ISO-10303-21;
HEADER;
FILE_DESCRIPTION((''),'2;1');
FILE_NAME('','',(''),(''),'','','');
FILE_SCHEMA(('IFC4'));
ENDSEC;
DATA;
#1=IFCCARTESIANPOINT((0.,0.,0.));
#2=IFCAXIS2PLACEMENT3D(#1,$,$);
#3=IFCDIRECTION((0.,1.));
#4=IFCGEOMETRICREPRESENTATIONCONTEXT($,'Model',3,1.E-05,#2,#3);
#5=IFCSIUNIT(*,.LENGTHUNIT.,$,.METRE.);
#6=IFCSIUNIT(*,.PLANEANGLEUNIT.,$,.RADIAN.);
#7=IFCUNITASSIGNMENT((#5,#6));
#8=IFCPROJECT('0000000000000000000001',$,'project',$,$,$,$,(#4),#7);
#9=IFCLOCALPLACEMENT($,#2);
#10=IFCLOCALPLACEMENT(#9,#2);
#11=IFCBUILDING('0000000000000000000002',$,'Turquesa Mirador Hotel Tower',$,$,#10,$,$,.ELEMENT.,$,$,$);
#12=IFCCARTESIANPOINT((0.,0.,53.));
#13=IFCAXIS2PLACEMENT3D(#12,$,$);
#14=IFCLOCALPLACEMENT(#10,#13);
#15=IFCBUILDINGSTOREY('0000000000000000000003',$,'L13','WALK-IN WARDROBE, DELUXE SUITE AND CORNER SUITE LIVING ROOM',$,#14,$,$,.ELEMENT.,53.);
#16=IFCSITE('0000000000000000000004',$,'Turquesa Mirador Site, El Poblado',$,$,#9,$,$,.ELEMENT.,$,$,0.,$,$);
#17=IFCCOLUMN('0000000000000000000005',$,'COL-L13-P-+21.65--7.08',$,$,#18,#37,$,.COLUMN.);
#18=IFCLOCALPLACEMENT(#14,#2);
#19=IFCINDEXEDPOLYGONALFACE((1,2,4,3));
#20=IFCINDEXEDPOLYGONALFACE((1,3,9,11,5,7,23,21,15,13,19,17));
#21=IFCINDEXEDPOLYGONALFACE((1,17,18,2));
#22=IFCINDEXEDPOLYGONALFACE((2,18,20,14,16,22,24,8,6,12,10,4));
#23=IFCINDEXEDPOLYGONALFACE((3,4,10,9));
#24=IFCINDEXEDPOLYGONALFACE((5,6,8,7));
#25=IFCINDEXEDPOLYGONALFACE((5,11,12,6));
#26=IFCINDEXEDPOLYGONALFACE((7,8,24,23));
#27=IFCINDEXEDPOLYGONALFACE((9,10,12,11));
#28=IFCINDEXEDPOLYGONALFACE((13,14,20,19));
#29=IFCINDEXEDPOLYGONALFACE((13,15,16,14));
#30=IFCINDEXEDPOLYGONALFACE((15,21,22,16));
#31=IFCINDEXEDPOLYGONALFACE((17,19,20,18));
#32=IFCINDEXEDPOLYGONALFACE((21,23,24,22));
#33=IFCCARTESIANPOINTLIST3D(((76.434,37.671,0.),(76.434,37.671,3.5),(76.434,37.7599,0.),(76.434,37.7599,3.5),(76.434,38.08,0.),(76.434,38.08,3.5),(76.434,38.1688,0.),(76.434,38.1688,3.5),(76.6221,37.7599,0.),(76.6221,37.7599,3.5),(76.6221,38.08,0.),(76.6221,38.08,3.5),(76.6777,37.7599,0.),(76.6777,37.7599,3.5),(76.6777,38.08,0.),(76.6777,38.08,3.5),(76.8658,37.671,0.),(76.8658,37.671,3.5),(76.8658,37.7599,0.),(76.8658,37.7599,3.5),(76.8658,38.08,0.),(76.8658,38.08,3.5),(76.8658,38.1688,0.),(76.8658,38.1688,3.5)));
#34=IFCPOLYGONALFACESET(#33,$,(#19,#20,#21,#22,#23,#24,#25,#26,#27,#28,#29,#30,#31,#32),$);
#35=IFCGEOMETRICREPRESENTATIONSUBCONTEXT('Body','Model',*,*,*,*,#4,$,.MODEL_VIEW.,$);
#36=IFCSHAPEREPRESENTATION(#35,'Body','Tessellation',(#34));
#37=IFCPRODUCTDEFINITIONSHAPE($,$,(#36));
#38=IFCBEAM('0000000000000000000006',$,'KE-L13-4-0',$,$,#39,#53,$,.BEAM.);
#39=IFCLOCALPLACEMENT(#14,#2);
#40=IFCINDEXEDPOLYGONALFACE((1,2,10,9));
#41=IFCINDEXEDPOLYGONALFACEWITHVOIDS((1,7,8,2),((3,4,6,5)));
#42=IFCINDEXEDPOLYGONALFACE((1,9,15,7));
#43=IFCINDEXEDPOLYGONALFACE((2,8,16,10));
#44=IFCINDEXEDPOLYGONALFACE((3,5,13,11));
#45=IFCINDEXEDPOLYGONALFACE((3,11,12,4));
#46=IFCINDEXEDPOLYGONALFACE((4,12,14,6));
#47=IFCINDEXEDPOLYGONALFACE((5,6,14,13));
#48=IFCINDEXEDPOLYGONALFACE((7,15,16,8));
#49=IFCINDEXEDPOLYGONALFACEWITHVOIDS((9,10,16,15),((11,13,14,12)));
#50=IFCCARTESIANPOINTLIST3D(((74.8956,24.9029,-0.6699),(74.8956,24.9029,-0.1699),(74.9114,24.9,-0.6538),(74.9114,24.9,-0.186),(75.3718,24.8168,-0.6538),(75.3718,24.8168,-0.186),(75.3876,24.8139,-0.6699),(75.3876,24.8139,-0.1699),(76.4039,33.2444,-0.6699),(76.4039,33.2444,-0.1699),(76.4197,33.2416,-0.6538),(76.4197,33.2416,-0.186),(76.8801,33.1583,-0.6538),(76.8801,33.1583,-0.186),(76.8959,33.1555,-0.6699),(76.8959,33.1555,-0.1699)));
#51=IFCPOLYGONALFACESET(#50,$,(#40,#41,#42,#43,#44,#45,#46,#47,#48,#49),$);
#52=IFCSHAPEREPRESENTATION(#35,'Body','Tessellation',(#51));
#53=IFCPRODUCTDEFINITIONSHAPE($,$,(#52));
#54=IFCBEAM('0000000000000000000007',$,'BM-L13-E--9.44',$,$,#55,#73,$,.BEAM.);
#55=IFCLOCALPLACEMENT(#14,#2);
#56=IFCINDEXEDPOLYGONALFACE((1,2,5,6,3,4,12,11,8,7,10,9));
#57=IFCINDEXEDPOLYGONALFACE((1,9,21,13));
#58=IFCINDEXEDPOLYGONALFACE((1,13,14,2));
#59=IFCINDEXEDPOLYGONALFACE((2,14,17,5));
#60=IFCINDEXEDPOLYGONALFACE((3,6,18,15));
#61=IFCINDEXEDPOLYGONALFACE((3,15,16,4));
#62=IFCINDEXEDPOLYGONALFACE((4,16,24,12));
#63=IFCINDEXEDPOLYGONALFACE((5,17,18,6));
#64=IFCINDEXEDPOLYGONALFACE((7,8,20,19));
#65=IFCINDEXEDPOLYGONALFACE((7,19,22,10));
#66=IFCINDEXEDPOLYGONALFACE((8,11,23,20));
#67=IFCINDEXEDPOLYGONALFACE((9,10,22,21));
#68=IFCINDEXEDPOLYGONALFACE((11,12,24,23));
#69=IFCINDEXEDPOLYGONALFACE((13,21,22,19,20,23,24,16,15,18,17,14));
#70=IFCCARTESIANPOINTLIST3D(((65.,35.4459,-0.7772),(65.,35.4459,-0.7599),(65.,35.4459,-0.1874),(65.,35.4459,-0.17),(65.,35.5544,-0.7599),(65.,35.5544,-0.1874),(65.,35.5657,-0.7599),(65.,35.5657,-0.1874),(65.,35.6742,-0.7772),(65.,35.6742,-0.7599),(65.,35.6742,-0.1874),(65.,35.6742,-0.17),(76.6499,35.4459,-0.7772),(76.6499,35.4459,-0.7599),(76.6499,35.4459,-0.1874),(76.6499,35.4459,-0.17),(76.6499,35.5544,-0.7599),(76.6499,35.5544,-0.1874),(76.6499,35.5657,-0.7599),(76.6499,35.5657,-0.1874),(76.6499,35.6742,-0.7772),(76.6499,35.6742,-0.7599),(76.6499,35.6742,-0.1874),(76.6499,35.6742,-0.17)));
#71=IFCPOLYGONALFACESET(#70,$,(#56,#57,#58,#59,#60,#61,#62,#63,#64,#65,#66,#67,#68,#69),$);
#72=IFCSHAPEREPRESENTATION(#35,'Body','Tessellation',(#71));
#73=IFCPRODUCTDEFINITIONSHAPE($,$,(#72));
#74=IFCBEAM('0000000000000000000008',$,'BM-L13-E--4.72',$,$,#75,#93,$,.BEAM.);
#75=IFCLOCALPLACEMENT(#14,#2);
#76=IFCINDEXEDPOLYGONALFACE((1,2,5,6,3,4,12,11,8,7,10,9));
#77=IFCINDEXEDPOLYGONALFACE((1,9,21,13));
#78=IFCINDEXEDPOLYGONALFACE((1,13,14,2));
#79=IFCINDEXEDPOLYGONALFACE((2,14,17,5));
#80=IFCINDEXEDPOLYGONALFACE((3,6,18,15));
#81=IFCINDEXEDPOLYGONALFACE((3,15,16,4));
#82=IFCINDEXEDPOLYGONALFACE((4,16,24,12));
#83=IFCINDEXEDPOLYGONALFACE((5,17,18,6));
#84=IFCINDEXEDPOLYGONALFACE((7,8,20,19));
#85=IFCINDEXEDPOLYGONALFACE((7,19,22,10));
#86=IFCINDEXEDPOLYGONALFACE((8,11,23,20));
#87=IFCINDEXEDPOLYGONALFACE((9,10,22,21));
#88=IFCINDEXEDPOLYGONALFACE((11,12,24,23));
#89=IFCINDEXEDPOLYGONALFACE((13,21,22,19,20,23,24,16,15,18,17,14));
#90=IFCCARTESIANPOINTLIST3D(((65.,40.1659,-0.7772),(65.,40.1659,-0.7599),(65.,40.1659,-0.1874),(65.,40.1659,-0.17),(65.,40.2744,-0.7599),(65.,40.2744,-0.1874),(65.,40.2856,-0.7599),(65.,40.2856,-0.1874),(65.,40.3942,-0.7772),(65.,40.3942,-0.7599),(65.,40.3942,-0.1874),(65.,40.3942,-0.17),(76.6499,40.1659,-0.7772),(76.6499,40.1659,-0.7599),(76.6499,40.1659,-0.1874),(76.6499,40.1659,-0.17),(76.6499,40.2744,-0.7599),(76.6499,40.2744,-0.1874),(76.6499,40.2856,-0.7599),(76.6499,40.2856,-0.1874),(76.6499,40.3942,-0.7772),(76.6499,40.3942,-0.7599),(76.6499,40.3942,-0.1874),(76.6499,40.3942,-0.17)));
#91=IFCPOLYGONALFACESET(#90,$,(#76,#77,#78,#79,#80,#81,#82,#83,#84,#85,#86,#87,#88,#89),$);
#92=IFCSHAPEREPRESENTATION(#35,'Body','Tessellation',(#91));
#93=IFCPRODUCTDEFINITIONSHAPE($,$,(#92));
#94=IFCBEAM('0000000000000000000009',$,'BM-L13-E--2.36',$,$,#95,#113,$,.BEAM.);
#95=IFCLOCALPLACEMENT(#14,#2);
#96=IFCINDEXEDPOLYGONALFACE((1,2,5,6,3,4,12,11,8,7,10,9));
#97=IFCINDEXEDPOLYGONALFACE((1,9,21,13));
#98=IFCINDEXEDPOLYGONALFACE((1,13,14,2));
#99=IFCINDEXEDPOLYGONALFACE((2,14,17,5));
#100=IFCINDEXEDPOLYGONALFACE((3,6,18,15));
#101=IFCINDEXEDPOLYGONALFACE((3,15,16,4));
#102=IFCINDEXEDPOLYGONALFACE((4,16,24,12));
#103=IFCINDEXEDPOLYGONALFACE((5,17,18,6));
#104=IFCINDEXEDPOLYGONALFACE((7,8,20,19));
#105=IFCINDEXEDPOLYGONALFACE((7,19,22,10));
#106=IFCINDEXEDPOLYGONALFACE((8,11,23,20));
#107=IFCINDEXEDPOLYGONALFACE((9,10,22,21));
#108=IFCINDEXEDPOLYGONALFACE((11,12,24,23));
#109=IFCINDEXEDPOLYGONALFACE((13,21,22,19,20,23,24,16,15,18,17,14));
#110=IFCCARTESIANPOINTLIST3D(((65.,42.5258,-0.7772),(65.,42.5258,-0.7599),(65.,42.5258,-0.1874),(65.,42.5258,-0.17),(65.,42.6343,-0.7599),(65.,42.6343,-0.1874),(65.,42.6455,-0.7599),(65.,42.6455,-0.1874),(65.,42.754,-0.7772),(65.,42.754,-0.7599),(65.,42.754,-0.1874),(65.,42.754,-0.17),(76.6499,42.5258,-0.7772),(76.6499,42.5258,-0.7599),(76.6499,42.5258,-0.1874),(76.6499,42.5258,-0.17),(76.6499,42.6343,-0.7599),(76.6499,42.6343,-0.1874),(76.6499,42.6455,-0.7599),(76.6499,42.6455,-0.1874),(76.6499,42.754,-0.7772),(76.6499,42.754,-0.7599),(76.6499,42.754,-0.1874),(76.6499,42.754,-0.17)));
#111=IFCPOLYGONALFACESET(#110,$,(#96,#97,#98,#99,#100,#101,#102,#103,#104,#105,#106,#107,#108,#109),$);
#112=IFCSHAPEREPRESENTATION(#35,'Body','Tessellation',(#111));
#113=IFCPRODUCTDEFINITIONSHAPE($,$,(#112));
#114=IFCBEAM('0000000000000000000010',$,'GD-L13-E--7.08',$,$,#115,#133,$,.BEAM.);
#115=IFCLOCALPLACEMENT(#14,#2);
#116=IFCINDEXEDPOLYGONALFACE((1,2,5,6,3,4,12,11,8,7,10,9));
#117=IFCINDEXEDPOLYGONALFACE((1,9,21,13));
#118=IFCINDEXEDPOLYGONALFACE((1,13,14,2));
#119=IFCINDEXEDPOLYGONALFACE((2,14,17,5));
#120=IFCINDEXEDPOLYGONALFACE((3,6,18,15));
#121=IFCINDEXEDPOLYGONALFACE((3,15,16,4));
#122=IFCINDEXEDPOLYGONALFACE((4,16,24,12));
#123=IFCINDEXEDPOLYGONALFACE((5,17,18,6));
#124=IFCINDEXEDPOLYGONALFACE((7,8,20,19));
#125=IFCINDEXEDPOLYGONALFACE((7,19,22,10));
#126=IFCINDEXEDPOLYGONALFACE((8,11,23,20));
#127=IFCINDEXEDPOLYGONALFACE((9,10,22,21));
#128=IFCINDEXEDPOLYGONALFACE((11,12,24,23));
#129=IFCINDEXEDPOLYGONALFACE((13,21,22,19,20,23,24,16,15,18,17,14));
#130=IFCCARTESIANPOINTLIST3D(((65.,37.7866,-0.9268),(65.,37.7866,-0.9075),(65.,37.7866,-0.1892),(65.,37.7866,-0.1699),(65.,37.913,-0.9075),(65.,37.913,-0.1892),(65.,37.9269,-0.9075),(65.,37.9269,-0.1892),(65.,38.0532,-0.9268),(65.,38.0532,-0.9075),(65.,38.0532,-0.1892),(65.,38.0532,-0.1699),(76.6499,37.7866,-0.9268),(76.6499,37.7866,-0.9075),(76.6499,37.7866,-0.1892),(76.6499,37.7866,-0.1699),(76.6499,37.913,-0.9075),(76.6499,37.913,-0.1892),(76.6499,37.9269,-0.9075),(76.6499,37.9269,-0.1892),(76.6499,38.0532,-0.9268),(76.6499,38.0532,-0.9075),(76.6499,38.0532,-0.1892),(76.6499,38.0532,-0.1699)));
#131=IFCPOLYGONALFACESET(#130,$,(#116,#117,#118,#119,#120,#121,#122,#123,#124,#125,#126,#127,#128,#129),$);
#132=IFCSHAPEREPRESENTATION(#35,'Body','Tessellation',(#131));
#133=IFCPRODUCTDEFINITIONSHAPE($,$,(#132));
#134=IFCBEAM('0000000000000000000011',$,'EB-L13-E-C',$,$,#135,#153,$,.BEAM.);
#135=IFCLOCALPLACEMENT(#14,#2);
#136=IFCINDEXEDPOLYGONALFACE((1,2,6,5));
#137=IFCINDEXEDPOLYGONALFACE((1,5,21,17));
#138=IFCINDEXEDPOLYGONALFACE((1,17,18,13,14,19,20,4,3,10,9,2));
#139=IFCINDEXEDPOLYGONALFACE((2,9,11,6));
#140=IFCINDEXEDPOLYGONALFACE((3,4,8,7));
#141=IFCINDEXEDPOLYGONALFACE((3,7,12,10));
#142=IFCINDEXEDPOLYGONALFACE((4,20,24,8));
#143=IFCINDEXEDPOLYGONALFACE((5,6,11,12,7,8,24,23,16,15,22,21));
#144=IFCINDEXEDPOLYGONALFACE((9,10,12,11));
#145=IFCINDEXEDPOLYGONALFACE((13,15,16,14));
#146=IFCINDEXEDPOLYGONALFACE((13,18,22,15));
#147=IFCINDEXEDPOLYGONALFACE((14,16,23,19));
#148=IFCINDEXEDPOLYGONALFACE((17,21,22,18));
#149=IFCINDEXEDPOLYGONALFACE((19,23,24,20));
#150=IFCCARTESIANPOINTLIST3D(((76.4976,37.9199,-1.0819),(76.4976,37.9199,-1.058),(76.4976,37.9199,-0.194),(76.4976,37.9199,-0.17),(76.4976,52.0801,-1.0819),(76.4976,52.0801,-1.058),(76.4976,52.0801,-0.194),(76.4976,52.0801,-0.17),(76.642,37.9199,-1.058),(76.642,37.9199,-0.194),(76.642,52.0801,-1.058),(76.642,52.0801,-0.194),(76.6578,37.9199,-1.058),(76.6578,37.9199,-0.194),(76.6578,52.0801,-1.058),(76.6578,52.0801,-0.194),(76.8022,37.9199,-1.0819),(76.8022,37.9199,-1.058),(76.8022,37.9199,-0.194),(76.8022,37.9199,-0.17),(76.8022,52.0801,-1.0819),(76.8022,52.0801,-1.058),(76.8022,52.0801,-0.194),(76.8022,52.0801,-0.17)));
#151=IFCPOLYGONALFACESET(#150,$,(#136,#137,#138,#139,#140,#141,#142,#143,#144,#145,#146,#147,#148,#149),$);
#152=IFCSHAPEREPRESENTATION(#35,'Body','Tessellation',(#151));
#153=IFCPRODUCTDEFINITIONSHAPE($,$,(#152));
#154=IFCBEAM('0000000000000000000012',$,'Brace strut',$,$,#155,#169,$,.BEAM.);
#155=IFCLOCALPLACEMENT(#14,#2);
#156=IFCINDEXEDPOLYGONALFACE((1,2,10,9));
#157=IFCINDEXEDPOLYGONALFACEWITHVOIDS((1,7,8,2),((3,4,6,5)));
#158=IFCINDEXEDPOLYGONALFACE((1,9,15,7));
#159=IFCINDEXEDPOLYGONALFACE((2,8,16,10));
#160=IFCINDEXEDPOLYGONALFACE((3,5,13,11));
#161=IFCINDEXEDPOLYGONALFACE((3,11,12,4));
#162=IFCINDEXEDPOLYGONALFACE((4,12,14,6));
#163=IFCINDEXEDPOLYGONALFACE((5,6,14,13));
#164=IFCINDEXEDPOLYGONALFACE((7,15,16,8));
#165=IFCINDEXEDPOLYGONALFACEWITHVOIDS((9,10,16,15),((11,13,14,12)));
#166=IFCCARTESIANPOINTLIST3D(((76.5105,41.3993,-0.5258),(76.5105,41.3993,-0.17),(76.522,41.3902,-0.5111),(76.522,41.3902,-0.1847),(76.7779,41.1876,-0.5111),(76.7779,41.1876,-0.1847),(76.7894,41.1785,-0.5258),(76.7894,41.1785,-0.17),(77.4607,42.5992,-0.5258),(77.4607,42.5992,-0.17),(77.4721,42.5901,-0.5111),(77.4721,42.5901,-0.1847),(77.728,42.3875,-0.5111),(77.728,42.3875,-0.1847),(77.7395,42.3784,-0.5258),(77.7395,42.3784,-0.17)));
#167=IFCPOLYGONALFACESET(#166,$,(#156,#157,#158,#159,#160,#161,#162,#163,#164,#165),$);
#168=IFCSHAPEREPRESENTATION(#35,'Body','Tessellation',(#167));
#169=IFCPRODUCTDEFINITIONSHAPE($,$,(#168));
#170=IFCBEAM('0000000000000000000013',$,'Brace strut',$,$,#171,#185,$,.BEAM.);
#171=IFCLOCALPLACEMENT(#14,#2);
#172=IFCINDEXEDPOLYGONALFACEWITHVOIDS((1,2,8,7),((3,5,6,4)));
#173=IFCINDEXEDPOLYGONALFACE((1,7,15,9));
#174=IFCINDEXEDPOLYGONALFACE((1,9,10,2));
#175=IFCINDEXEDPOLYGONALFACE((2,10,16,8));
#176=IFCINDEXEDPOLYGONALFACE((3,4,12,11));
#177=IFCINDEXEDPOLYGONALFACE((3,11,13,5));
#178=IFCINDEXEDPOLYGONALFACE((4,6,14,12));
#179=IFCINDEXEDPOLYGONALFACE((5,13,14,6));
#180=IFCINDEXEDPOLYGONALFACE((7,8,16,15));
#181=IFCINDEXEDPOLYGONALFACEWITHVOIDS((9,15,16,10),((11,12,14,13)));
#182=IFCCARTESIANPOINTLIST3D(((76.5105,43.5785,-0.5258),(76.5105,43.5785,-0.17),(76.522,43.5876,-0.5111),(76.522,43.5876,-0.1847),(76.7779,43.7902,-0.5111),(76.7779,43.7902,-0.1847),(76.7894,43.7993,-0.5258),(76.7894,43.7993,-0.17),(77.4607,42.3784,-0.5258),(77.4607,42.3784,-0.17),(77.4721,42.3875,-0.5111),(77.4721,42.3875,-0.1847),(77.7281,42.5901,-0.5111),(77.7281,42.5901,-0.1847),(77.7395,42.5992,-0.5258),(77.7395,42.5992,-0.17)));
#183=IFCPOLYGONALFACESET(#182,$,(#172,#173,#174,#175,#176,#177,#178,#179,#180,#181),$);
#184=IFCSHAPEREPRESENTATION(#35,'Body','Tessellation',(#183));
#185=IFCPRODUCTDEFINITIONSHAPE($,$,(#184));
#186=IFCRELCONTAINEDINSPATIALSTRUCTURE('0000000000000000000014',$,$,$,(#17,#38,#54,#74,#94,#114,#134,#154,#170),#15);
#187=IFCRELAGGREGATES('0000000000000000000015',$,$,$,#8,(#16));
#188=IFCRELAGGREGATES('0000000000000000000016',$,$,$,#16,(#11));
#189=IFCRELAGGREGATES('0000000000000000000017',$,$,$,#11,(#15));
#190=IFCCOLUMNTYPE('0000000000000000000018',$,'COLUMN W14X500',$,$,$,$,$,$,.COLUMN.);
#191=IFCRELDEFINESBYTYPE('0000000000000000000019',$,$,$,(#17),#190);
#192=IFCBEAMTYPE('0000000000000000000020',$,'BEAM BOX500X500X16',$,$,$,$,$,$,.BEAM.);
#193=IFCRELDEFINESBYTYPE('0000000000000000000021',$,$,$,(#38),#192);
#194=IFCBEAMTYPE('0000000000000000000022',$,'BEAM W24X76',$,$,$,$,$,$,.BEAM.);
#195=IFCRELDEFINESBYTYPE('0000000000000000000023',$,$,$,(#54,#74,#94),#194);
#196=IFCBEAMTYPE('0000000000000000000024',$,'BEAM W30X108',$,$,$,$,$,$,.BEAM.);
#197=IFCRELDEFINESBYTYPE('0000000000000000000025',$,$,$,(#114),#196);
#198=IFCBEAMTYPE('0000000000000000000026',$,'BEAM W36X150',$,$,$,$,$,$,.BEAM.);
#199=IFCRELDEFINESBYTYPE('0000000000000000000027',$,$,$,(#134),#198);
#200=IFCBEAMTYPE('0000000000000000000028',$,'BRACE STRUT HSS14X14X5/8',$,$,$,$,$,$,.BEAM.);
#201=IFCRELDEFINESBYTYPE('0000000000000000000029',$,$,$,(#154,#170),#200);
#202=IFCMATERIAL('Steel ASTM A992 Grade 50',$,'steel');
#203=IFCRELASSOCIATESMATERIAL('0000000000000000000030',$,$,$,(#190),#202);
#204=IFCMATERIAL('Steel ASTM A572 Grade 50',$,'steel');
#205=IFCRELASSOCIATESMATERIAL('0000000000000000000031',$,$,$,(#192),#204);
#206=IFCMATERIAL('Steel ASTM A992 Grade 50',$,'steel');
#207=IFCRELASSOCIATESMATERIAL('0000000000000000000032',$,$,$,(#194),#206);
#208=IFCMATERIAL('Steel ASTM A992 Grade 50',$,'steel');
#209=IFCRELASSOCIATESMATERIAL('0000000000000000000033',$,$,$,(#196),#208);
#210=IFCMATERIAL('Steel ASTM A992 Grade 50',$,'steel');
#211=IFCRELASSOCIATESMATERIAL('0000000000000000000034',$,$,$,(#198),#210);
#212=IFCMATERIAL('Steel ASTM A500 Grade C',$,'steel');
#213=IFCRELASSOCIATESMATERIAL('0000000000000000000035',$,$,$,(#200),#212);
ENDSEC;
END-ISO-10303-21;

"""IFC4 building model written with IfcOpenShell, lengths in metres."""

from ifc_helpers import new_model, si_unit, direction, frame, origin, origin_2d, place, context, subcontext, project, spatial, hollow_rectangle, i_section, extrude, material, material_profile, profile_set, type_object, element, save


model = new_model("IFC4")

# Units and contexts
model_context = context("Model", 3, precision=1e-05, world=origin(), true_north=direction((0.0, 1.0)))
body_context = subcontext(model_context, "Body", "Model", "MODEL_VIEW")
ifc_project = project(units=[si_unit("LENGTHUNIT", "METRE"), si_unit("PLANEANGLEUNIT", "RADIAN")], contexts=[model_context])

# Site, building, storey
site_placement = place(None, origin())
site = spatial("IfcSite", under=ifc_project, at=site_placement, Name="Turquesa Mirador Site, El Poblado", CompositionType="ELEMENT", RefElevation=0.0)
building_placement = place(site_placement, origin())
building = spatial("IfcBuilding", under=site, at=building_placement, Name="Turquesa Mirador Hotel Tower", CompositionType="ELEMENT")
storey_placement = place(building_placement, frame((0.0, 0.0, 53.0)))
storey = spatial("IfcBuildingStorey", under=building, at=storey_placement, Name="L13", Description="WALK-IN WARDROBE, DELUXE SUITE AND CORNER SUITE LIVING ROOM", CompositionType="ELEMENT", Elevation=53.0)

# Column
ifc_material_1 = material(Name="Steel ASTM A992 Grade 50", Category="steel")
ifc_material_profile_1 = material_profile(ifc_material_1, i_section(OverallWidth=0.4319, OverallDepth=0.4978, WebThickness=0.0557, FlangeThickness=0.0889, at=origin_2d()), Name="W14X500")
ifc_profile_set_1 = profile_set([ifc_material_profile_1], Name="Steel ASTM A992 Grade 50")
column_type = type_object("IfcColumnType", Name="COLUMN W14X500", PredefinedType="COLUMN", material=ifc_profile_set_1)
column_placement = place(storey_placement, frame((76.6499, 37.9199, 0.0), z_axis=(0.0, 0.0, 1.0), x_axis=(1.0, 0.0, 0.0)))
element("IfcColumn", 1, at=column_placement, inside=storey, type_object=column_type, Name="COL-L13-P-+21.65--7.08", PredefinedType="COLUMN", context=body_context, shape_type="SweptSolid", body=[
    extrude(i_section(OverallWidth=0.4319, OverallDepth=0.4978, WebThickness=0.0557, FlangeThickness=0.0889, at=origin_2d()), origin(), (0.0, 0.0, 1.0), 3.5),
])

# Beams
ifc_material_2 = material(Name="Steel ASTM A572 Grade 50", Category="steel")
ifc_material_profile_2 = material_profile(ifc_material_2, hollow_rectangle(XDim=0.5, YDim=0.5, WallThickness=0.0161, at=origin_2d()), Name="BOX500X500X16")
ifc_profile_set_2 = profile_set([ifc_material_profile_2], Name="Steel ASTM A572 Grade 50")
beam_type_1 = type_object("IfcBeamType", Name="BEAM BOX500X500X16", PredefinedType="BEAM", material=ifc_profile_set_2)
beam_1_placement = place(storey_placement, frame((76.6499, 33.2, -0.4199), z_axis=(-0.177932, -0.984043, 0.0), x_axis=(0.984043, -0.177932, 0.0)))
element("IfcBeam", 2, at=beam_1_placement, inside=storey, type_object=beam_type_1, Name="KE-L13-4-0", PredefinedType="BEAM", context=body_context, shape_type="SweptSolid", body=[
    extrude(hollow_rectangle(XDim=0.5, YDim=0.5, WallThickness=0.0161, at=origin_2d()), origin(), (0.0, 0.0, 1.0), 8.4768),
])
ifc_material_3 = material(Name="Steel ASTM A992 Grade 50", Category="steel")
ifc_material_profile_3 = material_profile(ifc_material_3, i_section(OverallWidth=0.2283, OverallDepth=0.6072, WebThickness=0.0112, FlangeThickness=0.0173, at=origin_2d()), Name="W24X76")
ifc_profile_set_3 = profile_set([ifc_material_profile_3], Name="Steel ASTM A992 Grade 50")
beam_type_2 = type_object("IfcBeamType", Name="BEAM W24X76", PredefinedType="BEAM", material=ifc_profile_set_3)
for number, where, z_axis, x_axis, name in (
    (3, (76.6499, 35.5601, -0.4736), (-1.0, 0.0, 0.0), (0.0, -1.0, 0.0), "BM-L13-E--9.44"),
    (4, (76.6499, 40.28, -0.4736), (-1.0, 0.0, 0.0), (0.0, -1.0, 0.0), "BM-L13-E--4.72"),
    (5, (76.6499, 42.6399, -0.4736), (-1.0, 0.0, 0.0), (0.0, -1.0, 0.0), "BM-L13-E--2.36"),
):
    element("IfcBeam", number, at=place(storey_placement, frame(where, z_axis=z_axis, x_axis=x_axis)), inside=storey, type_object=beam_type_2, Name=name, PredefinedType="BEAM", context=body_context, shape_type="SweptSolid", body=[
        extrude(i_section(OverallWidth=0.2283, OverallDepth=0.6072, WebThickness=0.0112, FlangeThickness=0.0173, at=origin_2d()), origin(), (0.0, 0.0, 1.0), 11.6499),
    ])
ifc_material_4 = material(Name="Steel ASTM A992 Grade 50", Category="steel")
ifc_material_profile_4 = material_profile(ifc_material_4, i_section(OverallWidth=0.2666, OverallDepth=0.7568, WebThickness=0.0139, FlangeThickness=0.0193, at=origin_2d()), Name="W30X108")
ifc_profile_set_4 = profile_set([ifc_material_profile_4], Name="Steel ASTM A992 Grade 50")
beam_type_3 = type_object("IfcBeamType", Name="BEAM W30X108", PredefinedType="BEAM", material=ifc_profile_set_4)
beam_2_placement = place(storey_placement, frame((76.6499, 37.9199, -0.5483), z_axis=(-1.0, 0.0, 0.0), x_axis=(0.0, -1.0, 0.0)))
element("IfcBeam", 6, at=beam_2_placement, inside=storey, type_object=beam_type_3, Name="GD-L13-E--7.08", PredefinedType="BEAM", context=body_context, shape_type="SweptSolid", body=[
    extrude(i_section(OverallWidth=0.2666, OverallDepth=0.7568, WebThickness=0.0139, FlangeThickness=0.0193, at=origin_2d()), origin(), (0.0, 0.0, 1.0), 11.6499),
])
ifc_material_5 = material(Name="Steel ASTM A992 Grade 50", Category="steel")
ifc_material_profile_5 = material_profile(ifc_material_5, i_section(OverallWidth=0.3047, OverallDepth=0.9119, WebThickness=0.0159, FlangeThickness=0.0239, at=origin_2d()), Name="W36X150")
ifc_profile_set_5 = profile_set([ifc_material_profile_5], Name="Steel ASTM A992 Grade 50")
beam_type_4 = type_object("IfcBeamType", Name="BEAM W36X150", PredefinedType="BEAM", material=ifc_profile_set_5)
beam_3_placement = place(storey_placement, frame((76.6499, 37.9199, -0.626), z_axis=(0.0, 1.0, 0.0), x_axis=(-1.0, 0.0, 0.0)))
element("IfcBeam", 7, at=beam_3_placement, inside=storey, type_object=beam_type_4, Name="EB-L13-E-C", PredefinedType="BEAM", context=body_context, shape_type="SweptSolid", body=[
    extrude(i_section(OverallWidth=0.3047, OverallDepth=0.9119, WebThickness=0.0159, FlangeThickness=0.0239, at=origin_2d()), origin(), (0.0, 0.0, 1.0), 14.1602),
])
ifc_material_6 = material(Name="Steel ASTM A500 Grade C", Category="steel")
ifc_material_profile_6 = material_profile(ifc_material_6, hollow_rectangle(XDim=0.3557, YDim=0.3557, WallThickness=0.0146, at=origin_2d()), Name="HSS14X14X5/8")
ifc_profile_set_6 = profile_set([ifc_material_profile_6], Name="Steel ASTM A500 Grade C")
beam_type_5 = type_object("IfcBeamType", Name="BRACE STRUT HSS14X14X5/8", PredefinedType="BEAM", material=ifc_profile_set_6)
beam_4_placement = place(storey_placement, frame((77.6001, 42.4888, -0.3479), z_axis=(-0.620797, -0.783971, 0.0), x_axis=(0.783971, -0.620797, 0.0)))
element("IfcBeam", 8, at=beam_4_placement, inside=storey, type_object=beam_type_5, Name="Brace strut", PredefinedType="BEAM", context=body_context, shape_type="SweptSolid", body=[
    extrude(hollow_rectangle(XDim=0.3557, YDim=0.3557, WallThickness=0.0146, at=origin_2d()), origin(), (0.0, 0.0, 1.0), 1.5305),
])
beam_5_placement = place(storey_placement, frame((77.6001, 42.4888, -0.3479), z_axis=(-0.620719, 0.784033, 0.0), x_axis=(-0.784033, -0.620719, 0.0)))
element("IfcBeam", 9, at=beam_5_placement, inside=storey, type_object=beam_type_5, Name="Brace strut", PredefinedType="BEAM", context=body_context, shape_type="SweptSolid", body=[
    extrude(hollow_rectangle(XDim=0.3557, YDim=0.3557, WallThickness=0.0146, at=origin_2d()), origin(), (0.0, 0.0, 1.0), 1.5308),
])

save(model, "model.ifc")
